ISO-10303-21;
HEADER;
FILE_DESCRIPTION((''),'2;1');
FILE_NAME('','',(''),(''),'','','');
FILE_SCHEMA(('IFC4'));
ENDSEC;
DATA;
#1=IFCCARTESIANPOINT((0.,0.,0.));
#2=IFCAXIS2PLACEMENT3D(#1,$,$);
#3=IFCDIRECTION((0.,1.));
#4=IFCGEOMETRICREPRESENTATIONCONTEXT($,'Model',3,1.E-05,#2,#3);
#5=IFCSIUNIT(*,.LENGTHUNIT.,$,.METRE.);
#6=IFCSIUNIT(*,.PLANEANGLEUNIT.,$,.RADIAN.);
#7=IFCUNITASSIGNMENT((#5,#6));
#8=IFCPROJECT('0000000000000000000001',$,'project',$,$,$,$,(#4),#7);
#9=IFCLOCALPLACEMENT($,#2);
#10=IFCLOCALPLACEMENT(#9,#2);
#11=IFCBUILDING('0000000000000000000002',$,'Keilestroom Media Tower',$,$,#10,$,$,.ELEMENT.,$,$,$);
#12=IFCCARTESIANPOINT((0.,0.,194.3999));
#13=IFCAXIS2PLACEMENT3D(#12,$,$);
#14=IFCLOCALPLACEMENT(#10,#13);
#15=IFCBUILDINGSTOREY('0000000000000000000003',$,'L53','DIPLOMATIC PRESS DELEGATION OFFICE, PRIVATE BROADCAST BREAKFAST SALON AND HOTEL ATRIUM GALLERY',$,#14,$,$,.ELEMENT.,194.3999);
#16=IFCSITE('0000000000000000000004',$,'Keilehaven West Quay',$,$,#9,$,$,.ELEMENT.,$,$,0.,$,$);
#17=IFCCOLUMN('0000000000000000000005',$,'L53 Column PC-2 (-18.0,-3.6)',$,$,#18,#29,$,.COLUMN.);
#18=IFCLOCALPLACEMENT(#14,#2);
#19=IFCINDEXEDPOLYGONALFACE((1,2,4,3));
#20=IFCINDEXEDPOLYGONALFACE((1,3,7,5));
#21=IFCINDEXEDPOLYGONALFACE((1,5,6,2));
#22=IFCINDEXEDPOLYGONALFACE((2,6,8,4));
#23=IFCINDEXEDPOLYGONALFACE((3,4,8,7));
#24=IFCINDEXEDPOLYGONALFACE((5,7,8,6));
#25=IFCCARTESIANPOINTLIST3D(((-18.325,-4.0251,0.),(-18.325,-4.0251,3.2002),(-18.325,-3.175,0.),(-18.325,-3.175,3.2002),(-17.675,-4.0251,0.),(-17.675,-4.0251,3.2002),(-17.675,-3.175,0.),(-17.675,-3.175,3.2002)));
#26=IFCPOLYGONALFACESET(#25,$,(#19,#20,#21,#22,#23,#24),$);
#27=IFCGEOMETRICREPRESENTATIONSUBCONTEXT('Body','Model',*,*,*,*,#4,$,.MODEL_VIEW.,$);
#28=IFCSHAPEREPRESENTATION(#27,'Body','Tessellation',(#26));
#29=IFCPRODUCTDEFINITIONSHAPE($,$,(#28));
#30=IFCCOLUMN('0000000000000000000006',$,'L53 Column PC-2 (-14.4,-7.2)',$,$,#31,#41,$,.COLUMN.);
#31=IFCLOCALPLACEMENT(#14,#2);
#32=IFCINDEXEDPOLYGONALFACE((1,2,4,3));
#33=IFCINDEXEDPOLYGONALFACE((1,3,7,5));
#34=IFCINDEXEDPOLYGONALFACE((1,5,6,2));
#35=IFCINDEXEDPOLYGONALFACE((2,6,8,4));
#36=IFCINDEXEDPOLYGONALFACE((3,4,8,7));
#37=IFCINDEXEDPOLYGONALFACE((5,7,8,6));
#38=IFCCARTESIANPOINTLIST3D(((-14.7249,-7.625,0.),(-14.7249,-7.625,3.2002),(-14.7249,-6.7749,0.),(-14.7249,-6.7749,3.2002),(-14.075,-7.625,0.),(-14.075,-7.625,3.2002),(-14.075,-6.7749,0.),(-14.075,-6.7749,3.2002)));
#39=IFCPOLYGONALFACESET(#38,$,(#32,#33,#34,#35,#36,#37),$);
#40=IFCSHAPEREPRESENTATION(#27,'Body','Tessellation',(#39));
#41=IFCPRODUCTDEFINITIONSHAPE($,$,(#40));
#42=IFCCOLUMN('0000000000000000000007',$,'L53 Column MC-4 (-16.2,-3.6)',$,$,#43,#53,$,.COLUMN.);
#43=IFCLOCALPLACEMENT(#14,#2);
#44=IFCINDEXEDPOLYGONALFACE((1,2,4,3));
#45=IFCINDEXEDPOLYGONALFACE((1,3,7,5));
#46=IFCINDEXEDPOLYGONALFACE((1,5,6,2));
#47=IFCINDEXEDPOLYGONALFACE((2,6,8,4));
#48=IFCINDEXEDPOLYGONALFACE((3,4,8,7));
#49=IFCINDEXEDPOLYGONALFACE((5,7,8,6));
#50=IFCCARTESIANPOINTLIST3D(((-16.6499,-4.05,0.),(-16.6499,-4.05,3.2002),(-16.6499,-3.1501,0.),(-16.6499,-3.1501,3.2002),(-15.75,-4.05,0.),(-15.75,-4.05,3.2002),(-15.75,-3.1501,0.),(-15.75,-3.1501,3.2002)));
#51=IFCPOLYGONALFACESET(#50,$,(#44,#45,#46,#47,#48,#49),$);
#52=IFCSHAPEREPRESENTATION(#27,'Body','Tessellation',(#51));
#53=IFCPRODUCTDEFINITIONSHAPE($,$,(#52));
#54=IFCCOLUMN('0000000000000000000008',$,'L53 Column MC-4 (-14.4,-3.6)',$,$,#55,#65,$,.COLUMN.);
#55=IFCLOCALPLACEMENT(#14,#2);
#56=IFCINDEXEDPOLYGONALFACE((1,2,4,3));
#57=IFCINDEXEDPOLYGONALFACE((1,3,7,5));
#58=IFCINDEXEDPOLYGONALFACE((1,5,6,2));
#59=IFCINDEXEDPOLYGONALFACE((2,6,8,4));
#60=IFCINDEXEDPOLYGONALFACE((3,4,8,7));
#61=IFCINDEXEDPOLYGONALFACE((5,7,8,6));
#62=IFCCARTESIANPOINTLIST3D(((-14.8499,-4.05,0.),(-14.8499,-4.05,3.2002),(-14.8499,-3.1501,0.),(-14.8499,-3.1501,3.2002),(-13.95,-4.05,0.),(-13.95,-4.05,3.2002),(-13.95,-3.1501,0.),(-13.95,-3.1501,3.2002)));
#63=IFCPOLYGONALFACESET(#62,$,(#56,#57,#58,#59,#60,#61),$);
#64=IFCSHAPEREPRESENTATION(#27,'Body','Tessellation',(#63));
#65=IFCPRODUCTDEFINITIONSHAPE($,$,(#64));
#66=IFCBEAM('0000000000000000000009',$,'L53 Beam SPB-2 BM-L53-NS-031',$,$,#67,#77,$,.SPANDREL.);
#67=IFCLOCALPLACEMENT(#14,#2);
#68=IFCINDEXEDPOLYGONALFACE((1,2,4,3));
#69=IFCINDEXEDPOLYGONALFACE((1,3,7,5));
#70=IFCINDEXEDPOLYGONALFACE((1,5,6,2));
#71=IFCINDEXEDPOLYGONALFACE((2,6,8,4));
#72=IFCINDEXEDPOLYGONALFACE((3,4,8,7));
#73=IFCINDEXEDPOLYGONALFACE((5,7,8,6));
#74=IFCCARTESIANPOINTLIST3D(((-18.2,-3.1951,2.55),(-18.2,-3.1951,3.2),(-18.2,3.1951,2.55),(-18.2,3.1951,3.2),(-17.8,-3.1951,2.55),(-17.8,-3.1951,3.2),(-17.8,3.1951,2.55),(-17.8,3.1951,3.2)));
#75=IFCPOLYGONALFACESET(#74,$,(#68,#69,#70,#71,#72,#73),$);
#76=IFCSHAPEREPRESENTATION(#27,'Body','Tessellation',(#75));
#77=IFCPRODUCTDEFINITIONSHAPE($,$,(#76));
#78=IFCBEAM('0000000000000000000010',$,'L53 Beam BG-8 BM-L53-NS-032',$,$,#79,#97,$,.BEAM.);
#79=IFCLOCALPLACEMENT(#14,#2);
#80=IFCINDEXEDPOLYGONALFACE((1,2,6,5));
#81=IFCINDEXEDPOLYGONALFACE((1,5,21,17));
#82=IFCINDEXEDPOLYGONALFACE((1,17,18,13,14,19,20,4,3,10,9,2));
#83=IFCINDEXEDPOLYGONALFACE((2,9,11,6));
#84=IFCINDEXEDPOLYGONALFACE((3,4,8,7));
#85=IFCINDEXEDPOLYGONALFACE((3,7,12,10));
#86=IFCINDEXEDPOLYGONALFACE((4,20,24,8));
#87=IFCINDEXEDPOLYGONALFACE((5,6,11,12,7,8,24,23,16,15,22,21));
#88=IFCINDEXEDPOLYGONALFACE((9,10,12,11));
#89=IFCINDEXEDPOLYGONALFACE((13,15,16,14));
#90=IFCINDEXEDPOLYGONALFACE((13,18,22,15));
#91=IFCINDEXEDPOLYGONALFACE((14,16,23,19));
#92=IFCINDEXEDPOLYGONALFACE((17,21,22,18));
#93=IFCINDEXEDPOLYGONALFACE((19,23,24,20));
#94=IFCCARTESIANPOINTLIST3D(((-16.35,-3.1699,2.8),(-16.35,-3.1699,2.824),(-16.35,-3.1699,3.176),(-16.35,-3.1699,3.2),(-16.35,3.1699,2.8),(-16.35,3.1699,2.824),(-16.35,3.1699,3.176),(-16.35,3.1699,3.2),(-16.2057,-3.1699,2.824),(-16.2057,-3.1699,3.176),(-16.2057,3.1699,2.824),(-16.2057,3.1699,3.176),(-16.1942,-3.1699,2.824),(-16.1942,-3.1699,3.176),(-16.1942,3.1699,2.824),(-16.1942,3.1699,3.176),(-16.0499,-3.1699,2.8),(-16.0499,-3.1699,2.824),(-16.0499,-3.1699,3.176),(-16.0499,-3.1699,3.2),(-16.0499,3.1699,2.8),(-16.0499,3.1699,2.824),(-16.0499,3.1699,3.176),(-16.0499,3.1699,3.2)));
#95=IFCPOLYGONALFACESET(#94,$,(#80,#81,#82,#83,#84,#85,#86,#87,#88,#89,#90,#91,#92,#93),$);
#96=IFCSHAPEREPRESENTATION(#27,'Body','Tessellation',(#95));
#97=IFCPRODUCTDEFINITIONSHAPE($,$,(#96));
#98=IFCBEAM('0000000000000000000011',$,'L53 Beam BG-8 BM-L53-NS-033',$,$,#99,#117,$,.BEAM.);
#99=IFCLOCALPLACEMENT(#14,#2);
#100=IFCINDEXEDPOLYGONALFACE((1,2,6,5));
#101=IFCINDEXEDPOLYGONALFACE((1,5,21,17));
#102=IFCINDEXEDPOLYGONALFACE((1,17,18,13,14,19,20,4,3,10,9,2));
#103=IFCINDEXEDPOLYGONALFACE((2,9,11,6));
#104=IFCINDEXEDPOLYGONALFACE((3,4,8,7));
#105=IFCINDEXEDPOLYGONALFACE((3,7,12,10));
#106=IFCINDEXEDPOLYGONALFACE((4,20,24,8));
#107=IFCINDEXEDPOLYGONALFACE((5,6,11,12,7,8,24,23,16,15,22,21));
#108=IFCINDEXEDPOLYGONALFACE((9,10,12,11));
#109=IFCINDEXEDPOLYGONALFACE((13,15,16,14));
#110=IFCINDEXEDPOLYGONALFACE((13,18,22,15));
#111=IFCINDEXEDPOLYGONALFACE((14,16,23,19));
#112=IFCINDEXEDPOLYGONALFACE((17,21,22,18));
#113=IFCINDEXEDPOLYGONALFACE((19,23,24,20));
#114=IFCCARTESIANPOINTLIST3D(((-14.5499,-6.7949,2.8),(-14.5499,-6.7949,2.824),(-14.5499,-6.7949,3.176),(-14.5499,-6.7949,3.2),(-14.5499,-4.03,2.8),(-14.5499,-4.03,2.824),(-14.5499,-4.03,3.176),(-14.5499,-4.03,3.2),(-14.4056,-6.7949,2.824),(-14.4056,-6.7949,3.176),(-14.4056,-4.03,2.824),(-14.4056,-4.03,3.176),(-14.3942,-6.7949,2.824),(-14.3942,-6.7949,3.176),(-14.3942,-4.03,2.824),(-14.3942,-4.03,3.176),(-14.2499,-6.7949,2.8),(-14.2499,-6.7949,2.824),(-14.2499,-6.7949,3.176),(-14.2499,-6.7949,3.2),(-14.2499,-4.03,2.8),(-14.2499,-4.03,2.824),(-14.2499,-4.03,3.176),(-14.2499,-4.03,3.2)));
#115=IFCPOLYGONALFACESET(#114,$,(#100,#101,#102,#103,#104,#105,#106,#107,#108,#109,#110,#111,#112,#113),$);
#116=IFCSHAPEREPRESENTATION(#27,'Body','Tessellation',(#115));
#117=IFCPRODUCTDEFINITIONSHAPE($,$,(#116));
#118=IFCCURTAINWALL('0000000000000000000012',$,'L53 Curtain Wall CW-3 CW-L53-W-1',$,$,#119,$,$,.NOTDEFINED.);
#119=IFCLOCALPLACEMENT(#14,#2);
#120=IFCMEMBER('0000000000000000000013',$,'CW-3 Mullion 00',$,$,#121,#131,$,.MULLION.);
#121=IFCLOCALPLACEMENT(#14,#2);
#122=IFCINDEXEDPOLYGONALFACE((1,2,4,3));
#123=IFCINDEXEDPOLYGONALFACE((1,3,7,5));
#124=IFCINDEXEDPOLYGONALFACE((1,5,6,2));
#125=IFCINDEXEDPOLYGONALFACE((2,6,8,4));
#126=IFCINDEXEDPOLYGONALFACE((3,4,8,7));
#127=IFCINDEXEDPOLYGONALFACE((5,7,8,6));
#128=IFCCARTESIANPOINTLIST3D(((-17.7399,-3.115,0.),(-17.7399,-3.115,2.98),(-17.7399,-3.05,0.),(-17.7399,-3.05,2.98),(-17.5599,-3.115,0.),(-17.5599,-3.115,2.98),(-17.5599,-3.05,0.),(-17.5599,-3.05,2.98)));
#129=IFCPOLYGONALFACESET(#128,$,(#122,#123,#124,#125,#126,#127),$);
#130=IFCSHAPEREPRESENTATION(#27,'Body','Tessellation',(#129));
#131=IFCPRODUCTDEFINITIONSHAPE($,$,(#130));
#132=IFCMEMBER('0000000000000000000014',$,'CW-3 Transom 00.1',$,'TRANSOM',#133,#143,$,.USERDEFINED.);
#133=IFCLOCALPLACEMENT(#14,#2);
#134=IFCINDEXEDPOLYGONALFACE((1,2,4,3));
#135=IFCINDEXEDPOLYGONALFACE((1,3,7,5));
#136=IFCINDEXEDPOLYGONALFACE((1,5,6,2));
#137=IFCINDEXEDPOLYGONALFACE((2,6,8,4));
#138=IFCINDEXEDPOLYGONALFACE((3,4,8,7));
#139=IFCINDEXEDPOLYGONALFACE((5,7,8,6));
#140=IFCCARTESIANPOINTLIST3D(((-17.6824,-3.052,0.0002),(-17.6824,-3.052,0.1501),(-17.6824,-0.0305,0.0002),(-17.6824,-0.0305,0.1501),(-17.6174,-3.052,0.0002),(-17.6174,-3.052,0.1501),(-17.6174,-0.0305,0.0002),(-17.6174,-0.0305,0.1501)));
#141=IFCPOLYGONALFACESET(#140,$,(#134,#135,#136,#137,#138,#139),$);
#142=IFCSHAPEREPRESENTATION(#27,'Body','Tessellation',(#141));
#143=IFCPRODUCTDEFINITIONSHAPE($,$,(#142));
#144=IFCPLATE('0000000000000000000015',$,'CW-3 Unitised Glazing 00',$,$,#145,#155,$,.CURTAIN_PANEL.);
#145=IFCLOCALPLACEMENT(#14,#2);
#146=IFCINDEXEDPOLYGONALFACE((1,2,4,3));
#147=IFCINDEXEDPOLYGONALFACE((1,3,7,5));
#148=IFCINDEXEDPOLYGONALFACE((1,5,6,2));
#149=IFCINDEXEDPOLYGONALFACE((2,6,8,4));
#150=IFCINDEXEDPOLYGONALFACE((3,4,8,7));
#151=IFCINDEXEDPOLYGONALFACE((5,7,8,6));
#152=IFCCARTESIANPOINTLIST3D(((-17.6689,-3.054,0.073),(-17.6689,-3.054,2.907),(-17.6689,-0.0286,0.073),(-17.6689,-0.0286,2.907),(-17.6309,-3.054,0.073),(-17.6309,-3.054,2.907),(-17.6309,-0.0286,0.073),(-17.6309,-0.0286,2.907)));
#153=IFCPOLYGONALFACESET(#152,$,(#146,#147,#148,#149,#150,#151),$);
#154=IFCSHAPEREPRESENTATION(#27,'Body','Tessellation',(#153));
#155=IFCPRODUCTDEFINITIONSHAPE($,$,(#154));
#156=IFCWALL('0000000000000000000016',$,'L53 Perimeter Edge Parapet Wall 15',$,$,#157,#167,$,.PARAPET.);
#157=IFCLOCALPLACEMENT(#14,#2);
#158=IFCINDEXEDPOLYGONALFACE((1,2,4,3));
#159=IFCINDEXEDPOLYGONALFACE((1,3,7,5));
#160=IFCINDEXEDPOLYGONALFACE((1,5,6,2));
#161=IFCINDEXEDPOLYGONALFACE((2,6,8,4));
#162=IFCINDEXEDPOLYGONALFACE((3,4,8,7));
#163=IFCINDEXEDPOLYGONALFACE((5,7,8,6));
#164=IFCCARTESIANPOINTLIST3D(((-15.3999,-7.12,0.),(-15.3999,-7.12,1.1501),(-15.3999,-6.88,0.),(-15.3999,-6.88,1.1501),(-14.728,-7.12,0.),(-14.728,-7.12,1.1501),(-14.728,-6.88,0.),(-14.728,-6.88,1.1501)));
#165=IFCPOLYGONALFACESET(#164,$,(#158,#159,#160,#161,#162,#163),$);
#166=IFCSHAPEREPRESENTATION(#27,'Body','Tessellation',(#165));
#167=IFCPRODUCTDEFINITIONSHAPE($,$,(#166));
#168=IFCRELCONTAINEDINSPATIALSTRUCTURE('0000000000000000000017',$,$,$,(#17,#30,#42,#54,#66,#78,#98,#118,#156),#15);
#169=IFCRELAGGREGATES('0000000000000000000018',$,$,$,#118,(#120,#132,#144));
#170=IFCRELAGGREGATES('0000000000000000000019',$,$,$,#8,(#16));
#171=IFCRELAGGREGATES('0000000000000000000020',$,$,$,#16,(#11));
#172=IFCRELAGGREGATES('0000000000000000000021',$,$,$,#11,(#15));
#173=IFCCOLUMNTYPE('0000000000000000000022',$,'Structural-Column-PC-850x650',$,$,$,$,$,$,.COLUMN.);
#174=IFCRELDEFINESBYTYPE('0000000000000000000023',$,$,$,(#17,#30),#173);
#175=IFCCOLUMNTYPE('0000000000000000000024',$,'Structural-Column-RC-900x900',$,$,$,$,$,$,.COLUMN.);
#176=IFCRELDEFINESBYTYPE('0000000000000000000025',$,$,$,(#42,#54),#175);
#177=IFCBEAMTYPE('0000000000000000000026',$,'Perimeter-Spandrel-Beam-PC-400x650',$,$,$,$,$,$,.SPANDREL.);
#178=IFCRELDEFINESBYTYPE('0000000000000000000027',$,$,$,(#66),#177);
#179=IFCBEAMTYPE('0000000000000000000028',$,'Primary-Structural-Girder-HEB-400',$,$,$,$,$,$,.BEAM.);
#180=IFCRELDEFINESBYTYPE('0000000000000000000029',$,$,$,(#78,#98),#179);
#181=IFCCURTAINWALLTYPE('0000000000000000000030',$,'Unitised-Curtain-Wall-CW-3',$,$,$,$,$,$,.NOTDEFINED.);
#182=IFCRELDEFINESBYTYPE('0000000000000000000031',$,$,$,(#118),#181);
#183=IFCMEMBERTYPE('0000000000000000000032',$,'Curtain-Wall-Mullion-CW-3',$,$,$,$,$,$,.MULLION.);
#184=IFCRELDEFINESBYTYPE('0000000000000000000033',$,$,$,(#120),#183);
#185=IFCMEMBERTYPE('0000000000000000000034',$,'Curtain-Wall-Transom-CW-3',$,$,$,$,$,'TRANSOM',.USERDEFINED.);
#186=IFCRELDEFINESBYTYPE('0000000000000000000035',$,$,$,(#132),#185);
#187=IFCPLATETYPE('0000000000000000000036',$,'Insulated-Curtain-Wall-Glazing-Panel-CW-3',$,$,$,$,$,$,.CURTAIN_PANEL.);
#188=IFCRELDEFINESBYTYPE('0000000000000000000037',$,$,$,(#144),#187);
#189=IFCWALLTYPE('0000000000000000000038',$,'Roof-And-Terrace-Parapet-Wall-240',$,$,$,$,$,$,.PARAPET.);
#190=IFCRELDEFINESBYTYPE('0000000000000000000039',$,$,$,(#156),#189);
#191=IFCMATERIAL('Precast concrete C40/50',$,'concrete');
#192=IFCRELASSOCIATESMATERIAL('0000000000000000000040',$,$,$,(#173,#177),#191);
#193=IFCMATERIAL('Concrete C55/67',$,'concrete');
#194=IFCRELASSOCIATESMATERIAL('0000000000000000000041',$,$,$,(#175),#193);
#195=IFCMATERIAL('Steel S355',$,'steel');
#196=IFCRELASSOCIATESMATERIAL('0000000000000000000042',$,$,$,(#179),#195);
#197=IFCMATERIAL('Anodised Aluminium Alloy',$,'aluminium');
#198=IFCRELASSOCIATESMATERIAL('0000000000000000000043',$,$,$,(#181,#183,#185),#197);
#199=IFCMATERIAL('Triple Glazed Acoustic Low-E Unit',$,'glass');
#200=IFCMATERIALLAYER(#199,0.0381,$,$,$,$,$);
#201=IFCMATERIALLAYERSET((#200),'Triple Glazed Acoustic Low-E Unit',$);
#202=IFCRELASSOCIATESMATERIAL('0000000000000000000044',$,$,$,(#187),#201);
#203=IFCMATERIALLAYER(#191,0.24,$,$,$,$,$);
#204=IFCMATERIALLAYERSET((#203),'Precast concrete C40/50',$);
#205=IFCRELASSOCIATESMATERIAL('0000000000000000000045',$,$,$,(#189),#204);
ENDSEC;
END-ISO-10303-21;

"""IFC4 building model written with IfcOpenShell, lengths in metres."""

from ifc_helpers import new_model, si_unit, direction, frame, frame_2d, origin, origin_2d, place, context, subcontext, project, spatial, rectangle, i_section, extrude, source, transform, mapped, material, layer, layer_set, material_profile, profile_set, type_object, element, aggregate, save


model = new_model("IFC4")

# Units and contexts
model_context = context("Model", 3, precision=1e-05, world=origin(), true_north=direction((0.0, 1.0)))
body_context = subcontext(model_context, "Body", "Model", "MODEL_VIEW")
ifc_project = project(units=[si_unit("LENGTHUNIT", "METRE"), si_unit("PLANEANGLEUNIT", "RADIAN")], contexts=[model_context])

# Site, building, storey
site_placement = place(None, origin())
site = spatial("IfcSite", under=ifc_project, at=site_placement, Name="Keilehaven West Quay", CompositionType="ELEMENT", RefElevation=0.0)
building_placement = place(site_placement, origin())
building = spatial("IfcBuilding", under=site, at=building_placement, Name="Keilestroom Media Tower", CompositionType="ELEMENT")
storey_placement = place(building_placement, frame((0.0, 0.0, 194.3999)))
storey = spatial("IfcBuildingStorey", under=building, at=storey_placement, Name="L53", Description="DIPLOMATIC PRESS DELEGATION OFFICE, PRIVATE BROADCAST BREAKFAST SALON AND HOTEL ATRIUM GALLERY", CompositionType="ELEMENT", Elevation=194.3999)

# Columns
ifc_material_1 = material(Name="Precast concrete C40/50", Category="concrete")
ifc_material_profile_1 = material_profile(ifc_material_1, rectangle(XDim=0.6499, YDim=0.8501, at=origin_2d()), Name="PC 850x650")
ifc_profile_set_1 = profile_set([ifc_material_profile_1], Name="Precast concrete C40/50")
column_type_1 = type_object("IfcColumnType", Name="Structural-Column-PC-850x650", PredefinedType="COLUMN", material=ifc_profile_set_1)
shared_shape_1 = source(origin(), body_context, "Body", "SweptSolid", [
    extrude(rectangle(XDim=0.6499, YDim=0.8501, at=origin_2d()), origin(), (0.0, 0.0, 1.0), 3.2002),
])
for number, where, z_axis, x_axis, name in (
    (1, (-18.0, -3.6001, 0.0), (0.0, 0.0, 1.0), (1.0, 0.0, 0.0), "L53 Column PC-2 (-18.0,-3.6)"),
    (2, (-14.3999, -7.2, 0.0), (0.0, 0.0, 1.0), (1.0, 0.0, 0.0), "L53 Column PC-2 (-14.4,-7.2)"),
):
    element("IfcColumn", number, at=place(storey_placement, frame(where, z_axis=z_axis, x_axis=x_axis)), inside=storey, type_object=column_type_1, Name=name, PredefinedType="COLUMN", context=body_context, shape_type="MappedRepresentation", body=[
        mapped(shared_shape_1, transform((0.0, 0.0, 0.0), x_axis=(1.0, 0.0, 0.0), y_axis=(0.0, 1.0, 0.0), z_axis=(0.0, 0.0, 1.0), scale=1.0)),
    ])
ifc_material_2 = material(Name="Concrete C55/67", Category="concrete")
ifc_material_profile_2 = material_profile(ifc_material_2, rectangle(XDim=0.8999, YDim=0.8999, at=origin_2d()), Name="RC 900x900")
ifc_profile_set_2 = profile_set([ifc_material_profile_2], Name="Concrete C55/67")
column_type_2 = type_object("IfcColumnType", Name="Structural-Column-RC-900x900", PredefinedType="COLUMN", material=ifc_profile_set_2)
shared_shape_2 = source(origin(), body_context, "Body", "SweptSolid", [
    extrude(rectangle(XDim=0.8999, YDim=0.8999, at=origin_2d()), origin(), (0.0, 0.0, 1.0), 3.2002),
])
for number, where, z_axis, x_axis, name in (
    (3, (-16.2, -3.6001, 0.0), (0.0, 0.0, 1.0), (1.0, 0.0, 0.0), "L53 Column MC-4 (-16.2,-3.6)"),
    (4, (-14.3999, -3.6001, 0.0), (0.0, 0.0, 1.0), (1.0, 0.0, 0.0), "L53 Column MC-4 (-14.4,-3.6)"),
):
    element("IfcColumn", number, at=place(storey_placement, frame(where, z_axis=z_axis, x_axis=x_axis)), inside=storey, type_object=column_type_2, Name=name, PredefinedType="COLUMN", context=body_context, shape_type="MappedRepresentation", body=[
        mapped(shared_shape_2, transform((0.0, 0.0, 0.0), x_axis=(1.0, 0.0, 0.0), y_axis=(0.0, 1.0, 0.0), z_axis=(0.0, 0.0, 1.0), scale=1.0)),
    ])

# Beams
ifc_material_profile_3 = material_profile(ifc_material_1, rectangle(XDim=0.3999, YDim=0.6499, at=origin_2d()), Name="PC 400x650")
ifc_profile_set_3 = profile_set([ifc_material_profile_3], Name="Precast concrete C40/50")
beam_type_1 = type_object("IfcBeamType", Name="Perimeter-Spandrel-Beam-PC-400x650", PredefinedType="SPANDREL", material=ifc_profile_set_3)
shared_shape_3 = source(origin(), body_context, "Body", "SweptSolid", [
    extrude(rectangle(XDim=0.3999, YDim=0.6499, at=origin_2d()), origin(), (0.0, 0.0, 1.0), 6.3901),
])
beam_1_placement = place(storey_placement, frame((-18.0, -3.1951, 2.875), z_axis=(0.0, 1.0, 0.0), x_axis=(-1.0, 0.0, 0.0)))
element("IfcBeam", 5, at=beam_1_placement, inside=storey, type_object=beam_type_1, Name="L53 Beam SPB-2 BM-L53-NS-031", PredefinedType="SPANDREL", context=body_context, shape_type="MappedRepresentation", body=[
    mapped(shared_shape_3, transform((0.0, 0.0, 0.0), x_axis=(1.0, 0.0, 0.0), y_axis=(0.0, 1.0, 0.0), z_axis=(0.0, 0.0, 1.0), scale=1.0)),
])
ifc_material_3 = material(Name="Steel S355", Category="steel")
ifc_material_profile_4 = material_profile(ifc_material_3, i_section(OverallWidth=0.3, OverallDepth=0.3999, WebThickness=0.0115, FlangeThickness=0.0239, at=origin_2d()), Name="HEB 400")
ifc_profile_set_4 = profile_set([ifc_material_profile_4], Name="Steel S355")
beam_type_2 = type_object("IfcBeamType", Name="Primary-Structural-Girder-HEB-400", PredefinedType="BEAM", material=ifc_profile_set_4)
shared_shape_4 = source(origin(), body_context, "Body", "SweptSolid", [
    extrude(i_section(OverallWidth=0.3, OverallDepth=0.3999, WebThickness=0.0115, FlangeThickness=0.0239, at=origin_2d()), origin(), (0.0, 0.0, 1.0), 6.3398),
])
beam_2_placement = place(storey_placement, frame((-16.2, -3.1699, 3.0), z_axis=(0.0, 1.0, 0.0), x_axis=(-1.0, 0.0, 0.0)))
element("IfcBeam", 6, at=beam_2_placement, inside=storey, type_object=beam_type_2, Name="L53 Beam BG-8 BM-L53-NS-032", PredefinedType="BEAM", context=body_context, shape_type="MappedRepresentation", body=[
    mapped(shared_shape_4, transform((0.0, 0.0, 0.0), x_axis=(1.0, 0.0, 0.0), y_axis=(0.0, 1.0, 0.0), z_axis=(0.0, 0.0, 1.0), scale=1.0)),
])
shared_shape_5 = source(origin(), body_context, "Body", "SweptSolid", [
    extrude(i_section(OverallWidth=0.3, OverallDepth=0.3999, WebThickness=0.0115, FlangeThickness=0.0239, at=origin_2d()), origin(), (0.0, 0.0, 1.0), 2.7649),
])
beam_3_placement = place(storey_placement, frame((-14.3999, -6.7949, 3.0), z_axis=(0.0, 1.0, 0.0), x_axis=(-1.0, 0.0, 0.0)))
element("IfcBeam", 7, at=beam_3_placement, inside=storey, type_object=beam_type_2, Name="L53 Beam BG-8 BM-L53-NS-033", PredefinedType="BEAM", context=body_context, shape_type="MappedRepresentation", body=[
    mapped(shared_shape_5, transform((0.0, 0.0, 0.0), x_axis=(1.0, 0.0, 0.0), y_axis=(0.0, 1.0, 0.0), z_axis=(0.0, 0.0, 1.0), scale=1.0)),
])

# Curtain wall, members, plate
ifc_material_4 = material(Name="Anodised Aluminium Alloy", Category="aluminium")
curtain_wall_type = type_object("IfcCurtainWallType", Name="Unitised-Curtain-Wall-CW-3", PredefinedType="NOTDEFINED", material=ifc_material_4)
curtain_wall_placement = place(storey_placement, origin())
curtain_wall = element("IfcCurtainWall", 8, at=curtain_wall_placement, inside=storey, type_object=curtain_wall_type, Name="L53 Curtain Wall CW-3 CW-L53-W-1", PredefinedType="NOTDEFINED")
ifc_material_profile_5 = material_profile(ifc_material_4, rectangle(XDim=0.0649, YDim=0.1799, at=origin_2d()), Name="ALU MULLION 65x180")
ifc_profile_set_5 = profile_set([ifc_material_profile_5], Name="Anodised Aluminium Alloy")
member_type_1 = type_object("IfcMemberType", Name="Curtain-Wall-Mullion-CW-3", PredefinedType="MULLION", material=ifc_profile_set_5)
shared_shape_6 = source(origin(), body_context, "Body", "SweptSolid", [
    extrude(rectangle(XDim=0.0649, YDim=0.1799, at=origin_2d()), origin(), (0.0, 0.0, 1.0), 2.98),
])
member_1_placement = place(storey_placement, frame((-17.6499, -3.0825, 0.0), z_axis=(0.0, 0.0, 1.0), x_axis=(0.0, 1.0, 0.0)))
member_1 = element("IfcMember", 9, at=member_1_placement, type_object=member_type_1, Name="CW-3 Mullion 00", PredefinedType="MULLION", context=body_context, shape_type="MappedRepresentation", body=[
    mapped(shared_shape_6, transform((0.0, 0.0, 0.0), x_axis=(1.0, 0.0, 0.0), y_axis=(0.0, 1.0, 0.0), z_axis=(0.0, 0.0, 1.0), scale=1.0)),
])
ifc_material_profile_6 = material_profile(ifc_material_4, rectangle(XDim=0.0649, YDim=0.1499, at=origin_2d()), Name="ALU TRANSOM 65x150")
ifc_profile_set_6 = profile_set([ifc_material_profile_6], Name="Anodised Aluminium Alloy")
member_type_2 = type_object("IfcMemberType", Name="Curtain-Wall-Transom-CW-3", ElementType="TRANSOM", PredefinedType="USERDEFINED", material=ifc_profile_set_6)
shared_shape_7 = source(origin(), body_context, "Body", "SweptSolid", [
    extrude(rectangle(XDim=0.0649, YDim=0.1499, at=origin_2d()), origin(), (0.0, 0.0, 1.0), 3.0215),
])
member_2_placement = place(storey_placement, frame((-17.6499, -3.052, 0.0752), z_axis=(0.0, 1.0, 0.0), x_axis=(-1.0, 0.0, 0.0)))
member_2 = element("IfcMember", 10, at=member_2_placement, type_object=member_type_2, Name="CW-3 Transom 00.1", ObjectType="TRANSOM", PredefinedType="USERDEFINED", context=body_context, shape_type="MappedRepresentation", body=[
    mapped(shared_shape_7, transform((0.0, 0.0, 0.0), x_axis=(1.0, 0.0, 0.0), y_axis=(0.0, 1.0, 0.0), z_axis=(0.0, 0.0, 1.0), scale=1.0)),
])
ifc_material_5 = material(Name="Triple Glazed Acoustic Low-E Unit", Category="glass")
ifc_layer_1 = layer(ifc_material_5, 0.0381)
ifc_layer_set_1 = layer_set([ifc_layer_1], Name="Triple Glazed Acoustic Low-E Unit")
plate_type = type_object("IfcPlateType", Name="Insulated-Curtain-Wall-Glazing-Panel-CW-3", PredefinedType="CURTAIN_PANEL", material=ifc_layer_set_1)
shared_shape_8 = source(origin(), body_context, "Body", "SweptSolid", [
    extrude(rectangle(XDim=3.0254, YDim=0.0381, at=origin_2d()), origin(), (0.0, 0.0, 1.0), 2.834),
])
plate_placement = place(storey_placement, frame((-17.6499, -1.5413, 0.073), z_axis=(0.0, 0.0, 1.0), x_axis=(0.0, 1.0, 0.0)))
plate = element("IfcPlate", 11, at=plate_placement, type_object=plate_type, Name="CW-3 Unitised Glazing 00", PredefinedType="CURTAIN_PANEL", context=body_context, shape_type="MappedRepresentation", body=[
    mapped(shared_shape_8, transform((0.0, 0.0, 0.0), x_axis=(1.0, 0.0, 0.0), y_axis=(0.0, 1.0, 0.0), z_axis=(0.0, 0.0, 1.0), scale=1.0)),
])
aggregate(curtain_wall, [member_1, member_2, plate])

# Wall
ifc_layer_2 = layer(ifc_material_1, 0.24)
ifc_layer_set_2 = layer_set([ifc_layer_2], Name="Precast concrete C40/50")
wall_type = type_object("IfcWallType", Name="Roof-And-Terrace-Parapet-Wall-240", PredefinedType="PARAPET", material=ifc_layer_set_2)
wall_1_placement = place(storey_placement, frame((-14.728, -7.0, 0.0), z_axis=(0.0, 0.0, 1.0), x_axis=(-1.0, 0.0, 0.0)))
element("IfcWall", 12, at=wall_1_placement, inside=storey, type_object=wall_type, Name="L53 Perimeter Edge Parapet Wall 15", PredefinedType="PARAPET", context=body_context, shape_type="SweptSolid", body=[
    extrude(rectangle(XDim=0.6719, YDim=0.24, at=frame_2d((0.3359, 0.0))), origin(), (0.0, 0.0, 1.0), 1.1501),
])

save(model, "model.ifc")
